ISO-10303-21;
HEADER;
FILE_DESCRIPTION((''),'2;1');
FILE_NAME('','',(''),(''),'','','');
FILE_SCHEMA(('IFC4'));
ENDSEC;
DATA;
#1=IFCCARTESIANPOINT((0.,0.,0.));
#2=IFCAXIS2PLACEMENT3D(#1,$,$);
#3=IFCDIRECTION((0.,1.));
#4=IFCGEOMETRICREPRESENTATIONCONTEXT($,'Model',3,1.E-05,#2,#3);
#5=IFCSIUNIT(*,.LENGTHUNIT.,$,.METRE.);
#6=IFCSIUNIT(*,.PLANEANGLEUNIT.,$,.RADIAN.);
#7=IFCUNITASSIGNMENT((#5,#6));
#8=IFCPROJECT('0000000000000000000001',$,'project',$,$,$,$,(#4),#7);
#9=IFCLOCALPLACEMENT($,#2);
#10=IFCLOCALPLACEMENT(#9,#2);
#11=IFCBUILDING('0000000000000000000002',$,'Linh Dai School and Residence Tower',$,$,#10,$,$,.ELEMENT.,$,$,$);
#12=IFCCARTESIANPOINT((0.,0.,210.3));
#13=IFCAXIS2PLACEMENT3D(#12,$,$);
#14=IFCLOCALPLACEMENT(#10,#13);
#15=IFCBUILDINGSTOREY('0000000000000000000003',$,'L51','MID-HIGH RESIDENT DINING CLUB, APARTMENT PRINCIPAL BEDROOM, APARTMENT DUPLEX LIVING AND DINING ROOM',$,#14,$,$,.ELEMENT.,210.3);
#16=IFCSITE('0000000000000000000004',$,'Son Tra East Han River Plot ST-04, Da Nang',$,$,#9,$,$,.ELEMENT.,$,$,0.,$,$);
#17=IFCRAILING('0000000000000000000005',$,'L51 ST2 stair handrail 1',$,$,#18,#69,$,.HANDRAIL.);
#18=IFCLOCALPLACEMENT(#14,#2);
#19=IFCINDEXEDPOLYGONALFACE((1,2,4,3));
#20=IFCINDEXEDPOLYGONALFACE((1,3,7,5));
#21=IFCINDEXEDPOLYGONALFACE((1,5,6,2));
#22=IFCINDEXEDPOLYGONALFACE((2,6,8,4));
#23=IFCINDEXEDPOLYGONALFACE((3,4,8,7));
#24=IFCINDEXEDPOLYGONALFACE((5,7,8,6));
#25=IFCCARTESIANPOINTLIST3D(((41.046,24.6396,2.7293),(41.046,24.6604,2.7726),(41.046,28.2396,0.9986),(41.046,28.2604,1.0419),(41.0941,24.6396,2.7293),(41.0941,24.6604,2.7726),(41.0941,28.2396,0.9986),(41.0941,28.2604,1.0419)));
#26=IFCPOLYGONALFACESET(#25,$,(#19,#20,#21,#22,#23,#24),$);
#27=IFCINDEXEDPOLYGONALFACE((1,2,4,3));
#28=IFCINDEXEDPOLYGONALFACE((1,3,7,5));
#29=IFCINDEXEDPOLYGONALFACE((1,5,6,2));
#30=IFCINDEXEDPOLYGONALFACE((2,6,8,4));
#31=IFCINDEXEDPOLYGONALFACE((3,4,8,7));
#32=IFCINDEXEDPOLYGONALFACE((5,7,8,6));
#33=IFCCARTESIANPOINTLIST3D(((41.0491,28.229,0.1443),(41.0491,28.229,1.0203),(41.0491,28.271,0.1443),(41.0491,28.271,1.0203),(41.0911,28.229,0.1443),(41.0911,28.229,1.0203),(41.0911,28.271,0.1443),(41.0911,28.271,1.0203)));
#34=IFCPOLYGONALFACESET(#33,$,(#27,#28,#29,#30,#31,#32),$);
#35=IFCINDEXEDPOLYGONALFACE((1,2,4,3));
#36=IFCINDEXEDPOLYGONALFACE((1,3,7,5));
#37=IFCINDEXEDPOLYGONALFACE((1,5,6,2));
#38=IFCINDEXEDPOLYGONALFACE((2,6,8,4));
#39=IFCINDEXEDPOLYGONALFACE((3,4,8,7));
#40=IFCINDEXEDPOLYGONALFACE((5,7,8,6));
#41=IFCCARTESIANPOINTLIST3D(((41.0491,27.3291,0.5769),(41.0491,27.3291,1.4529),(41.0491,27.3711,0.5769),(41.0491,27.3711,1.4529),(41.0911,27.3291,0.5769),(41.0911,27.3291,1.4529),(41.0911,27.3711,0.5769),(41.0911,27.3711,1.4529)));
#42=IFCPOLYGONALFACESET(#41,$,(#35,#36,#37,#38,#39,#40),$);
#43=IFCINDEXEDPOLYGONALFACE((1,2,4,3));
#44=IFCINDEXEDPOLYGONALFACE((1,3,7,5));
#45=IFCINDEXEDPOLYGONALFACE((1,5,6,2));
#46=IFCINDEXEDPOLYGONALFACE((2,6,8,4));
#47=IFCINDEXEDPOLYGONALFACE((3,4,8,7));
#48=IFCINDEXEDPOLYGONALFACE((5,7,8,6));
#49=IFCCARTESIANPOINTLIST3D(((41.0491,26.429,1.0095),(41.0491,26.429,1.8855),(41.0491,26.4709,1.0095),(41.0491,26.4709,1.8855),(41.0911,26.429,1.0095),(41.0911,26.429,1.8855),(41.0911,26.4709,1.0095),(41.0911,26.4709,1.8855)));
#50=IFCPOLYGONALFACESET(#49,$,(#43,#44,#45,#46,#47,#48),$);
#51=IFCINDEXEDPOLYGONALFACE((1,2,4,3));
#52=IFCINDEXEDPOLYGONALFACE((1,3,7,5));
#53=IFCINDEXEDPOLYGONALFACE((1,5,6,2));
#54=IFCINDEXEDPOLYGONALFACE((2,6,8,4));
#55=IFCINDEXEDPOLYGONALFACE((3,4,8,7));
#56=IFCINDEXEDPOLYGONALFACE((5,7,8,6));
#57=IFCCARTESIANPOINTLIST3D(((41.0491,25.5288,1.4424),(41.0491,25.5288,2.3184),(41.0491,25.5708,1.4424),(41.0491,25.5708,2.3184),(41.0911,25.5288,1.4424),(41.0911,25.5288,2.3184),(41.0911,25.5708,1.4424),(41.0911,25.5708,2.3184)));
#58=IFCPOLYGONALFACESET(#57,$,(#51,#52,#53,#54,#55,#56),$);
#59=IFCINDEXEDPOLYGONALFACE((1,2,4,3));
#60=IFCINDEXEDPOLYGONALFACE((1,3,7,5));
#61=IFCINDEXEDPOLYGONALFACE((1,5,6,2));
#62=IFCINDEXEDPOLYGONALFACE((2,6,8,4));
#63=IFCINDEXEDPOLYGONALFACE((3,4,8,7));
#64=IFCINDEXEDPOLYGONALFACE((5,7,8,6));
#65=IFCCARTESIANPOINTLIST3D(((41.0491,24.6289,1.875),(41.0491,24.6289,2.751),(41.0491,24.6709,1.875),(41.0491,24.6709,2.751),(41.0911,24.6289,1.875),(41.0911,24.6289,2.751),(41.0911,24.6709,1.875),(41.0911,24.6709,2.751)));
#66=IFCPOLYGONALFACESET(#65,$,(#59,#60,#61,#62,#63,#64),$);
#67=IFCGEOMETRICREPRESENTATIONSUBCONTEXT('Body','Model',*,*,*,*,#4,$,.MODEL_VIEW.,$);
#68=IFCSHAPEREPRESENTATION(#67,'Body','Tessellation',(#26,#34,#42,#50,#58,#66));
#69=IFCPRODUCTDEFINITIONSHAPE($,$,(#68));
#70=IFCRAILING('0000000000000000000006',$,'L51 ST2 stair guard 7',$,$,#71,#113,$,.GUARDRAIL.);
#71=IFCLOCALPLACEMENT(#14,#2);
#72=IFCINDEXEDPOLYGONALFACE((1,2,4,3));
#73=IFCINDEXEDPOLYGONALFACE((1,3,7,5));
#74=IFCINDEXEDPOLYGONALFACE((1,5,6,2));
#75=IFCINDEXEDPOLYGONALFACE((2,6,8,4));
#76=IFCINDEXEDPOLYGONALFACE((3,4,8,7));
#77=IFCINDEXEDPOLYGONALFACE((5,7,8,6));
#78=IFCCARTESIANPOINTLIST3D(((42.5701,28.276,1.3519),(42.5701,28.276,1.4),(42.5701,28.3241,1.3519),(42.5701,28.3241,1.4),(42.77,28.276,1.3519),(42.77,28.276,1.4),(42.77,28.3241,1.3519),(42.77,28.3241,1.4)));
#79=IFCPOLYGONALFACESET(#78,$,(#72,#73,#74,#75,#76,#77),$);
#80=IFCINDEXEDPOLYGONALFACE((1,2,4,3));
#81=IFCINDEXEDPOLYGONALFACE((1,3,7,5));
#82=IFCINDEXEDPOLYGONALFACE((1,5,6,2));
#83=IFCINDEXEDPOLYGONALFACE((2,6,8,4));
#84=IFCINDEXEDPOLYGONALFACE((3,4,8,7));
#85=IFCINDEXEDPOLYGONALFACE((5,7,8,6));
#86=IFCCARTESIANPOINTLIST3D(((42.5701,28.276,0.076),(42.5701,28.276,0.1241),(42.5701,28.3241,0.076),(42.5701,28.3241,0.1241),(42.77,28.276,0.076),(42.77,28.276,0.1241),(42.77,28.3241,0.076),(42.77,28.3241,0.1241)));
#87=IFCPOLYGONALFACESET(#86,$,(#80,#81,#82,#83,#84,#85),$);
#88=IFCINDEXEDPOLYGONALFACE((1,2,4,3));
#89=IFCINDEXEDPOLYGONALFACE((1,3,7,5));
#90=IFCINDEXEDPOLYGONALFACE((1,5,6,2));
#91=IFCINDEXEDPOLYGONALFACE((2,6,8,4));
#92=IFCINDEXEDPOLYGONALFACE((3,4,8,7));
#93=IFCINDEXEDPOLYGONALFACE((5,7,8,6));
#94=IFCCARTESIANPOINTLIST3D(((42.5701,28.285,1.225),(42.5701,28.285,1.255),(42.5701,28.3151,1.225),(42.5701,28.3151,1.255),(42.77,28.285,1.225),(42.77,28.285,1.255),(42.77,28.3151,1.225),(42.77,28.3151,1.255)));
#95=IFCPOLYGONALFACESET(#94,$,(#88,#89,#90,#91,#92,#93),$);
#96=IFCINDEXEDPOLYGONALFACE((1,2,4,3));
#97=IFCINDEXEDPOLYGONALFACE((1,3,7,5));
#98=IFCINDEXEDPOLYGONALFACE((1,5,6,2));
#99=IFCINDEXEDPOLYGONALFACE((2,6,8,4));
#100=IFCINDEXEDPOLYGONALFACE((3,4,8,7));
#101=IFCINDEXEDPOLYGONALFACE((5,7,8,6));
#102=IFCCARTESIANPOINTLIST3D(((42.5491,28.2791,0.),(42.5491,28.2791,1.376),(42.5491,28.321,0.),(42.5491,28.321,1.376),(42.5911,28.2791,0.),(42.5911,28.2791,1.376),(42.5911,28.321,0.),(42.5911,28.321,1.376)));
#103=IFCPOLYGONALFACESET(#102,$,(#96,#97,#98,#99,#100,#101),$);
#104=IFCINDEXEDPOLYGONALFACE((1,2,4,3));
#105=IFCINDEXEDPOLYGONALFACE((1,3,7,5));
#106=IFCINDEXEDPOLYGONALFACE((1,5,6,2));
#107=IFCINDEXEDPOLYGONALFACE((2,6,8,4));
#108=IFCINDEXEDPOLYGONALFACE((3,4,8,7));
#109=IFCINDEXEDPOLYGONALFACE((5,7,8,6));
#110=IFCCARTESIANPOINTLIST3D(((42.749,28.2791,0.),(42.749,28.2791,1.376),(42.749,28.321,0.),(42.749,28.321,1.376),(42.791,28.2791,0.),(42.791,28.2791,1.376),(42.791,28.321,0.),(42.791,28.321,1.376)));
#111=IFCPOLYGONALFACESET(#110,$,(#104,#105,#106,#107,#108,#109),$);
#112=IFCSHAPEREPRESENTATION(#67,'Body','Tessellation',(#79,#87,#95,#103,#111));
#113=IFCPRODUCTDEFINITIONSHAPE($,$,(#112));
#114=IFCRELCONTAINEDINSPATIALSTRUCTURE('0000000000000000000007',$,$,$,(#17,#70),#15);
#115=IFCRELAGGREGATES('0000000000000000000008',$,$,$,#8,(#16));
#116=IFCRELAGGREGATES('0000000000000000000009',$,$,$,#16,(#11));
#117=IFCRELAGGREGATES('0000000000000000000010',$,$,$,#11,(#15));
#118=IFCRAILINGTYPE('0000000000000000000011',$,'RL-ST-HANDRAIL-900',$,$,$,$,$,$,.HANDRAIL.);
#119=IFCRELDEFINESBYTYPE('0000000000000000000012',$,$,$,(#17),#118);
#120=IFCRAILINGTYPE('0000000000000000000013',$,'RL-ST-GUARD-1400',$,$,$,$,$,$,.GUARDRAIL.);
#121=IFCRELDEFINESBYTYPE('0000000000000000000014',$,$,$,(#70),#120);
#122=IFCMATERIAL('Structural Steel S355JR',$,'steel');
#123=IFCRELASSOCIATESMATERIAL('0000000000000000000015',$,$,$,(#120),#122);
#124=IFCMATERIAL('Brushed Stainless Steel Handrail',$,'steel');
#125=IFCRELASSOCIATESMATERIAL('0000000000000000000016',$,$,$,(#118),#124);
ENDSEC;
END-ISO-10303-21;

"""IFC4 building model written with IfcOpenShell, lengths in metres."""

from ifc_helpers import new_model, si_unit, direction, frame, origin, origin_2d, place, context, subcontext, project, spatial, rectangle, extrude, source, transform, mapped, material, type_object, element, save


model = new_model("IFC4")

# Units and contexts
model_context = context("Model", 3, precision=1e-05, world=origin(), true_north=direction((0.0, 1.0)))
body_context = subcontext(model_context, "Body", "Model", "MODEL_VIEW")
ifc_project = project(units=[si_unit("LENGTHUNIT", "METRE"), si_unit("PLANEANGLEUNIT", "RADIAN")], contexts=[model_context])

# Site, building, storey
site_placement = place(None, origin())
site = spatial("IfcSite", under=ifc_project, at=site_placement, Name="Son Tra East Han River Plot ST-04, Da Nang", CompositionType="ELEMENT", RefElevation=0.0)
building_placement = place(site_placement, origin())
building = spatial("IfcBuilding", under=site, at=building_placement, Name="Linh Dai School and Residence Tower", CompositionType="ELEMENT")
storey_placement = place(building_placement, frame((0.0, 0.0, 210.3)))
storey = spatial("IfcBuildingStorey", under=building, at=storey_placement, Name="L51", Description="MID-HIGH RESIDENT DINING CLUB, APARTMENT PRINCIPAL BEDROOM, APARTMENT DUPLEX LIVING AND DINING ROOM", CompositionType="ELEMENT", Elevation=210.3)

# Shared definitions
ifc_material_1 = material(Name="Structural Steel S355JR", Category="steel")

# Railings
railing_type_1 = type_object("IfcRailingType", Name="RL-ST-GUARD-1400", PredefinedType="GUARDRAIL", material=ifc_material_1)
ifc_material_2 = material(Name="Brushed Stainless Steel Handrail", Category="steel")
railing_type_2 = type_object("IfcRailingType", Name="RL-ST-HANDRAIL-900", PredefinedType="HANDRAIL", material=ifc_material_2)
shared_shape_1 = source(origin(), body_context, "Body", "SweptSolid", [
    extrude(rectangle(XDim=0.0481, YDim=0.0481, at=origin_2d()), frame((0.0, 0.0, 0.876), z_axis=(0.0, -0.901263, 0.433273), x_axis=(1.0, 0.0, 0.0)), (0.0, 0.0, 1.0), 3.9944),
    extrude(rectangle(XDim=0.042, YDim=0.042, at=origin_2d()), origin(), (0.0, 0.0, 1.0), 0.876),
    extrude(rectangle(XDim=0.042, YDim=0.042, at=origin_2d()), frame((0.0, -0.8999, 0.4326)), (0.0, 0.0, 1.0), 0.876),
    extrude(rectangle(XDim=0.042, YDim=0.042, at=origin_2d()), frame((0.0, -1.8, 0.8652)), (0.0, 0.0, 1.0), 0.876),
    extrude(rectangle(XDim=0.042, YDim=0.042, at=origin_2d()), frame((0.0, -2.7002, 1.2981)), (0.0, 0.0, 1.0), 0.876),
    extrude(rectangle(XDim=0.042, YDim=0.042, at=origin_2d()), frame((0.0, -3.6001, 1.7307)), (0.0, 0.0, 1.0), 0.876),
])
railing_1_placement = place(storey_placement, frame((41.0701, 28.25, 0.1443)))
element("IfcRailing", 1, at=railing_1_placement, inside=storey, type_object=railing_type_2, Name="L51 ST2 stair handrail 1", PredefinedType="HANDRAIL", context=body_context, shape_type="MappedRepresentation", body=[
    mapped(shared_shape_1, transform((0.0, 0.0, 0.0), x_axis=(1.0, 0.0, 0.0), y_axis=(0.0, 1.0, 0.0), z_axis=(0.0, 0.0, 1.0), scale=1.0)),
])
shared_shape_2 = source(origin(), body_context, "Body", "SweptSolid", [
    extrude(rectangle(XDim=0.0481, YDim=0.0481, at=origin_2d()), frame((0.0, 0.0, 1.376), z_axis=(1.0, 0.0, 0.0), x_axis=(0.0, 1.0, 0.0)), (0.0, 0.0, 1.0), 0.2),
    extrude(rectangle(XDim=0.0481, YDim=0.0481, at=origin_2d()), frame((0.0, 0.0, 0.1001), z_axis=(1.0, 0.0, 0.0), x_axis=(0.0, 1.0, 0.0)), (0.0, 0.0, 1.0), 0.2),
    extrude(rectangle(XDim=0.03, YDim=0.03, at=origin_2d()), frame((0.0, 0.0, 1.24), z_axis=(1.0, 0.0, 0.0), x_axis=(0.0, 1.0, 0.0)), (0.0, 0.0, 1.0), 0.2),
    extrude(rectangle(XDim=0.042, YDim=0.042, at=origin_2d()), origin(), (0.0, 0.0, 1.0), 1.376),
    extrude(rectangle(XDim=0.042, YDim=0.042, at=origin_2d()), frame((0.2, 0.0, 0.0)), (0.0, 0.0, 1.0), 1.376),
])
railing_2_placement = place(storey_placement, frame((42.5701, 28.3, 0.0)))
element("IfcRailing", 2, at=railing_2_placement, inside=storey, type_object=railing_type_1, Name="L51 ST2 stair guard 7", PredefinedType="GUARDRAIL", context=body_context, shape_type="MappedRepresentation", body=[
    mapped(shared_shape_2, transform((0.0, 0.0, 0.0), x_axis=(1.0, 0.0, 0.0), y_axis=(0.0, 1.0, 0.0), z_axis=(0.0, 0.0, 1.0), scale=1.0)),
])

save(model, "model.ifc")
